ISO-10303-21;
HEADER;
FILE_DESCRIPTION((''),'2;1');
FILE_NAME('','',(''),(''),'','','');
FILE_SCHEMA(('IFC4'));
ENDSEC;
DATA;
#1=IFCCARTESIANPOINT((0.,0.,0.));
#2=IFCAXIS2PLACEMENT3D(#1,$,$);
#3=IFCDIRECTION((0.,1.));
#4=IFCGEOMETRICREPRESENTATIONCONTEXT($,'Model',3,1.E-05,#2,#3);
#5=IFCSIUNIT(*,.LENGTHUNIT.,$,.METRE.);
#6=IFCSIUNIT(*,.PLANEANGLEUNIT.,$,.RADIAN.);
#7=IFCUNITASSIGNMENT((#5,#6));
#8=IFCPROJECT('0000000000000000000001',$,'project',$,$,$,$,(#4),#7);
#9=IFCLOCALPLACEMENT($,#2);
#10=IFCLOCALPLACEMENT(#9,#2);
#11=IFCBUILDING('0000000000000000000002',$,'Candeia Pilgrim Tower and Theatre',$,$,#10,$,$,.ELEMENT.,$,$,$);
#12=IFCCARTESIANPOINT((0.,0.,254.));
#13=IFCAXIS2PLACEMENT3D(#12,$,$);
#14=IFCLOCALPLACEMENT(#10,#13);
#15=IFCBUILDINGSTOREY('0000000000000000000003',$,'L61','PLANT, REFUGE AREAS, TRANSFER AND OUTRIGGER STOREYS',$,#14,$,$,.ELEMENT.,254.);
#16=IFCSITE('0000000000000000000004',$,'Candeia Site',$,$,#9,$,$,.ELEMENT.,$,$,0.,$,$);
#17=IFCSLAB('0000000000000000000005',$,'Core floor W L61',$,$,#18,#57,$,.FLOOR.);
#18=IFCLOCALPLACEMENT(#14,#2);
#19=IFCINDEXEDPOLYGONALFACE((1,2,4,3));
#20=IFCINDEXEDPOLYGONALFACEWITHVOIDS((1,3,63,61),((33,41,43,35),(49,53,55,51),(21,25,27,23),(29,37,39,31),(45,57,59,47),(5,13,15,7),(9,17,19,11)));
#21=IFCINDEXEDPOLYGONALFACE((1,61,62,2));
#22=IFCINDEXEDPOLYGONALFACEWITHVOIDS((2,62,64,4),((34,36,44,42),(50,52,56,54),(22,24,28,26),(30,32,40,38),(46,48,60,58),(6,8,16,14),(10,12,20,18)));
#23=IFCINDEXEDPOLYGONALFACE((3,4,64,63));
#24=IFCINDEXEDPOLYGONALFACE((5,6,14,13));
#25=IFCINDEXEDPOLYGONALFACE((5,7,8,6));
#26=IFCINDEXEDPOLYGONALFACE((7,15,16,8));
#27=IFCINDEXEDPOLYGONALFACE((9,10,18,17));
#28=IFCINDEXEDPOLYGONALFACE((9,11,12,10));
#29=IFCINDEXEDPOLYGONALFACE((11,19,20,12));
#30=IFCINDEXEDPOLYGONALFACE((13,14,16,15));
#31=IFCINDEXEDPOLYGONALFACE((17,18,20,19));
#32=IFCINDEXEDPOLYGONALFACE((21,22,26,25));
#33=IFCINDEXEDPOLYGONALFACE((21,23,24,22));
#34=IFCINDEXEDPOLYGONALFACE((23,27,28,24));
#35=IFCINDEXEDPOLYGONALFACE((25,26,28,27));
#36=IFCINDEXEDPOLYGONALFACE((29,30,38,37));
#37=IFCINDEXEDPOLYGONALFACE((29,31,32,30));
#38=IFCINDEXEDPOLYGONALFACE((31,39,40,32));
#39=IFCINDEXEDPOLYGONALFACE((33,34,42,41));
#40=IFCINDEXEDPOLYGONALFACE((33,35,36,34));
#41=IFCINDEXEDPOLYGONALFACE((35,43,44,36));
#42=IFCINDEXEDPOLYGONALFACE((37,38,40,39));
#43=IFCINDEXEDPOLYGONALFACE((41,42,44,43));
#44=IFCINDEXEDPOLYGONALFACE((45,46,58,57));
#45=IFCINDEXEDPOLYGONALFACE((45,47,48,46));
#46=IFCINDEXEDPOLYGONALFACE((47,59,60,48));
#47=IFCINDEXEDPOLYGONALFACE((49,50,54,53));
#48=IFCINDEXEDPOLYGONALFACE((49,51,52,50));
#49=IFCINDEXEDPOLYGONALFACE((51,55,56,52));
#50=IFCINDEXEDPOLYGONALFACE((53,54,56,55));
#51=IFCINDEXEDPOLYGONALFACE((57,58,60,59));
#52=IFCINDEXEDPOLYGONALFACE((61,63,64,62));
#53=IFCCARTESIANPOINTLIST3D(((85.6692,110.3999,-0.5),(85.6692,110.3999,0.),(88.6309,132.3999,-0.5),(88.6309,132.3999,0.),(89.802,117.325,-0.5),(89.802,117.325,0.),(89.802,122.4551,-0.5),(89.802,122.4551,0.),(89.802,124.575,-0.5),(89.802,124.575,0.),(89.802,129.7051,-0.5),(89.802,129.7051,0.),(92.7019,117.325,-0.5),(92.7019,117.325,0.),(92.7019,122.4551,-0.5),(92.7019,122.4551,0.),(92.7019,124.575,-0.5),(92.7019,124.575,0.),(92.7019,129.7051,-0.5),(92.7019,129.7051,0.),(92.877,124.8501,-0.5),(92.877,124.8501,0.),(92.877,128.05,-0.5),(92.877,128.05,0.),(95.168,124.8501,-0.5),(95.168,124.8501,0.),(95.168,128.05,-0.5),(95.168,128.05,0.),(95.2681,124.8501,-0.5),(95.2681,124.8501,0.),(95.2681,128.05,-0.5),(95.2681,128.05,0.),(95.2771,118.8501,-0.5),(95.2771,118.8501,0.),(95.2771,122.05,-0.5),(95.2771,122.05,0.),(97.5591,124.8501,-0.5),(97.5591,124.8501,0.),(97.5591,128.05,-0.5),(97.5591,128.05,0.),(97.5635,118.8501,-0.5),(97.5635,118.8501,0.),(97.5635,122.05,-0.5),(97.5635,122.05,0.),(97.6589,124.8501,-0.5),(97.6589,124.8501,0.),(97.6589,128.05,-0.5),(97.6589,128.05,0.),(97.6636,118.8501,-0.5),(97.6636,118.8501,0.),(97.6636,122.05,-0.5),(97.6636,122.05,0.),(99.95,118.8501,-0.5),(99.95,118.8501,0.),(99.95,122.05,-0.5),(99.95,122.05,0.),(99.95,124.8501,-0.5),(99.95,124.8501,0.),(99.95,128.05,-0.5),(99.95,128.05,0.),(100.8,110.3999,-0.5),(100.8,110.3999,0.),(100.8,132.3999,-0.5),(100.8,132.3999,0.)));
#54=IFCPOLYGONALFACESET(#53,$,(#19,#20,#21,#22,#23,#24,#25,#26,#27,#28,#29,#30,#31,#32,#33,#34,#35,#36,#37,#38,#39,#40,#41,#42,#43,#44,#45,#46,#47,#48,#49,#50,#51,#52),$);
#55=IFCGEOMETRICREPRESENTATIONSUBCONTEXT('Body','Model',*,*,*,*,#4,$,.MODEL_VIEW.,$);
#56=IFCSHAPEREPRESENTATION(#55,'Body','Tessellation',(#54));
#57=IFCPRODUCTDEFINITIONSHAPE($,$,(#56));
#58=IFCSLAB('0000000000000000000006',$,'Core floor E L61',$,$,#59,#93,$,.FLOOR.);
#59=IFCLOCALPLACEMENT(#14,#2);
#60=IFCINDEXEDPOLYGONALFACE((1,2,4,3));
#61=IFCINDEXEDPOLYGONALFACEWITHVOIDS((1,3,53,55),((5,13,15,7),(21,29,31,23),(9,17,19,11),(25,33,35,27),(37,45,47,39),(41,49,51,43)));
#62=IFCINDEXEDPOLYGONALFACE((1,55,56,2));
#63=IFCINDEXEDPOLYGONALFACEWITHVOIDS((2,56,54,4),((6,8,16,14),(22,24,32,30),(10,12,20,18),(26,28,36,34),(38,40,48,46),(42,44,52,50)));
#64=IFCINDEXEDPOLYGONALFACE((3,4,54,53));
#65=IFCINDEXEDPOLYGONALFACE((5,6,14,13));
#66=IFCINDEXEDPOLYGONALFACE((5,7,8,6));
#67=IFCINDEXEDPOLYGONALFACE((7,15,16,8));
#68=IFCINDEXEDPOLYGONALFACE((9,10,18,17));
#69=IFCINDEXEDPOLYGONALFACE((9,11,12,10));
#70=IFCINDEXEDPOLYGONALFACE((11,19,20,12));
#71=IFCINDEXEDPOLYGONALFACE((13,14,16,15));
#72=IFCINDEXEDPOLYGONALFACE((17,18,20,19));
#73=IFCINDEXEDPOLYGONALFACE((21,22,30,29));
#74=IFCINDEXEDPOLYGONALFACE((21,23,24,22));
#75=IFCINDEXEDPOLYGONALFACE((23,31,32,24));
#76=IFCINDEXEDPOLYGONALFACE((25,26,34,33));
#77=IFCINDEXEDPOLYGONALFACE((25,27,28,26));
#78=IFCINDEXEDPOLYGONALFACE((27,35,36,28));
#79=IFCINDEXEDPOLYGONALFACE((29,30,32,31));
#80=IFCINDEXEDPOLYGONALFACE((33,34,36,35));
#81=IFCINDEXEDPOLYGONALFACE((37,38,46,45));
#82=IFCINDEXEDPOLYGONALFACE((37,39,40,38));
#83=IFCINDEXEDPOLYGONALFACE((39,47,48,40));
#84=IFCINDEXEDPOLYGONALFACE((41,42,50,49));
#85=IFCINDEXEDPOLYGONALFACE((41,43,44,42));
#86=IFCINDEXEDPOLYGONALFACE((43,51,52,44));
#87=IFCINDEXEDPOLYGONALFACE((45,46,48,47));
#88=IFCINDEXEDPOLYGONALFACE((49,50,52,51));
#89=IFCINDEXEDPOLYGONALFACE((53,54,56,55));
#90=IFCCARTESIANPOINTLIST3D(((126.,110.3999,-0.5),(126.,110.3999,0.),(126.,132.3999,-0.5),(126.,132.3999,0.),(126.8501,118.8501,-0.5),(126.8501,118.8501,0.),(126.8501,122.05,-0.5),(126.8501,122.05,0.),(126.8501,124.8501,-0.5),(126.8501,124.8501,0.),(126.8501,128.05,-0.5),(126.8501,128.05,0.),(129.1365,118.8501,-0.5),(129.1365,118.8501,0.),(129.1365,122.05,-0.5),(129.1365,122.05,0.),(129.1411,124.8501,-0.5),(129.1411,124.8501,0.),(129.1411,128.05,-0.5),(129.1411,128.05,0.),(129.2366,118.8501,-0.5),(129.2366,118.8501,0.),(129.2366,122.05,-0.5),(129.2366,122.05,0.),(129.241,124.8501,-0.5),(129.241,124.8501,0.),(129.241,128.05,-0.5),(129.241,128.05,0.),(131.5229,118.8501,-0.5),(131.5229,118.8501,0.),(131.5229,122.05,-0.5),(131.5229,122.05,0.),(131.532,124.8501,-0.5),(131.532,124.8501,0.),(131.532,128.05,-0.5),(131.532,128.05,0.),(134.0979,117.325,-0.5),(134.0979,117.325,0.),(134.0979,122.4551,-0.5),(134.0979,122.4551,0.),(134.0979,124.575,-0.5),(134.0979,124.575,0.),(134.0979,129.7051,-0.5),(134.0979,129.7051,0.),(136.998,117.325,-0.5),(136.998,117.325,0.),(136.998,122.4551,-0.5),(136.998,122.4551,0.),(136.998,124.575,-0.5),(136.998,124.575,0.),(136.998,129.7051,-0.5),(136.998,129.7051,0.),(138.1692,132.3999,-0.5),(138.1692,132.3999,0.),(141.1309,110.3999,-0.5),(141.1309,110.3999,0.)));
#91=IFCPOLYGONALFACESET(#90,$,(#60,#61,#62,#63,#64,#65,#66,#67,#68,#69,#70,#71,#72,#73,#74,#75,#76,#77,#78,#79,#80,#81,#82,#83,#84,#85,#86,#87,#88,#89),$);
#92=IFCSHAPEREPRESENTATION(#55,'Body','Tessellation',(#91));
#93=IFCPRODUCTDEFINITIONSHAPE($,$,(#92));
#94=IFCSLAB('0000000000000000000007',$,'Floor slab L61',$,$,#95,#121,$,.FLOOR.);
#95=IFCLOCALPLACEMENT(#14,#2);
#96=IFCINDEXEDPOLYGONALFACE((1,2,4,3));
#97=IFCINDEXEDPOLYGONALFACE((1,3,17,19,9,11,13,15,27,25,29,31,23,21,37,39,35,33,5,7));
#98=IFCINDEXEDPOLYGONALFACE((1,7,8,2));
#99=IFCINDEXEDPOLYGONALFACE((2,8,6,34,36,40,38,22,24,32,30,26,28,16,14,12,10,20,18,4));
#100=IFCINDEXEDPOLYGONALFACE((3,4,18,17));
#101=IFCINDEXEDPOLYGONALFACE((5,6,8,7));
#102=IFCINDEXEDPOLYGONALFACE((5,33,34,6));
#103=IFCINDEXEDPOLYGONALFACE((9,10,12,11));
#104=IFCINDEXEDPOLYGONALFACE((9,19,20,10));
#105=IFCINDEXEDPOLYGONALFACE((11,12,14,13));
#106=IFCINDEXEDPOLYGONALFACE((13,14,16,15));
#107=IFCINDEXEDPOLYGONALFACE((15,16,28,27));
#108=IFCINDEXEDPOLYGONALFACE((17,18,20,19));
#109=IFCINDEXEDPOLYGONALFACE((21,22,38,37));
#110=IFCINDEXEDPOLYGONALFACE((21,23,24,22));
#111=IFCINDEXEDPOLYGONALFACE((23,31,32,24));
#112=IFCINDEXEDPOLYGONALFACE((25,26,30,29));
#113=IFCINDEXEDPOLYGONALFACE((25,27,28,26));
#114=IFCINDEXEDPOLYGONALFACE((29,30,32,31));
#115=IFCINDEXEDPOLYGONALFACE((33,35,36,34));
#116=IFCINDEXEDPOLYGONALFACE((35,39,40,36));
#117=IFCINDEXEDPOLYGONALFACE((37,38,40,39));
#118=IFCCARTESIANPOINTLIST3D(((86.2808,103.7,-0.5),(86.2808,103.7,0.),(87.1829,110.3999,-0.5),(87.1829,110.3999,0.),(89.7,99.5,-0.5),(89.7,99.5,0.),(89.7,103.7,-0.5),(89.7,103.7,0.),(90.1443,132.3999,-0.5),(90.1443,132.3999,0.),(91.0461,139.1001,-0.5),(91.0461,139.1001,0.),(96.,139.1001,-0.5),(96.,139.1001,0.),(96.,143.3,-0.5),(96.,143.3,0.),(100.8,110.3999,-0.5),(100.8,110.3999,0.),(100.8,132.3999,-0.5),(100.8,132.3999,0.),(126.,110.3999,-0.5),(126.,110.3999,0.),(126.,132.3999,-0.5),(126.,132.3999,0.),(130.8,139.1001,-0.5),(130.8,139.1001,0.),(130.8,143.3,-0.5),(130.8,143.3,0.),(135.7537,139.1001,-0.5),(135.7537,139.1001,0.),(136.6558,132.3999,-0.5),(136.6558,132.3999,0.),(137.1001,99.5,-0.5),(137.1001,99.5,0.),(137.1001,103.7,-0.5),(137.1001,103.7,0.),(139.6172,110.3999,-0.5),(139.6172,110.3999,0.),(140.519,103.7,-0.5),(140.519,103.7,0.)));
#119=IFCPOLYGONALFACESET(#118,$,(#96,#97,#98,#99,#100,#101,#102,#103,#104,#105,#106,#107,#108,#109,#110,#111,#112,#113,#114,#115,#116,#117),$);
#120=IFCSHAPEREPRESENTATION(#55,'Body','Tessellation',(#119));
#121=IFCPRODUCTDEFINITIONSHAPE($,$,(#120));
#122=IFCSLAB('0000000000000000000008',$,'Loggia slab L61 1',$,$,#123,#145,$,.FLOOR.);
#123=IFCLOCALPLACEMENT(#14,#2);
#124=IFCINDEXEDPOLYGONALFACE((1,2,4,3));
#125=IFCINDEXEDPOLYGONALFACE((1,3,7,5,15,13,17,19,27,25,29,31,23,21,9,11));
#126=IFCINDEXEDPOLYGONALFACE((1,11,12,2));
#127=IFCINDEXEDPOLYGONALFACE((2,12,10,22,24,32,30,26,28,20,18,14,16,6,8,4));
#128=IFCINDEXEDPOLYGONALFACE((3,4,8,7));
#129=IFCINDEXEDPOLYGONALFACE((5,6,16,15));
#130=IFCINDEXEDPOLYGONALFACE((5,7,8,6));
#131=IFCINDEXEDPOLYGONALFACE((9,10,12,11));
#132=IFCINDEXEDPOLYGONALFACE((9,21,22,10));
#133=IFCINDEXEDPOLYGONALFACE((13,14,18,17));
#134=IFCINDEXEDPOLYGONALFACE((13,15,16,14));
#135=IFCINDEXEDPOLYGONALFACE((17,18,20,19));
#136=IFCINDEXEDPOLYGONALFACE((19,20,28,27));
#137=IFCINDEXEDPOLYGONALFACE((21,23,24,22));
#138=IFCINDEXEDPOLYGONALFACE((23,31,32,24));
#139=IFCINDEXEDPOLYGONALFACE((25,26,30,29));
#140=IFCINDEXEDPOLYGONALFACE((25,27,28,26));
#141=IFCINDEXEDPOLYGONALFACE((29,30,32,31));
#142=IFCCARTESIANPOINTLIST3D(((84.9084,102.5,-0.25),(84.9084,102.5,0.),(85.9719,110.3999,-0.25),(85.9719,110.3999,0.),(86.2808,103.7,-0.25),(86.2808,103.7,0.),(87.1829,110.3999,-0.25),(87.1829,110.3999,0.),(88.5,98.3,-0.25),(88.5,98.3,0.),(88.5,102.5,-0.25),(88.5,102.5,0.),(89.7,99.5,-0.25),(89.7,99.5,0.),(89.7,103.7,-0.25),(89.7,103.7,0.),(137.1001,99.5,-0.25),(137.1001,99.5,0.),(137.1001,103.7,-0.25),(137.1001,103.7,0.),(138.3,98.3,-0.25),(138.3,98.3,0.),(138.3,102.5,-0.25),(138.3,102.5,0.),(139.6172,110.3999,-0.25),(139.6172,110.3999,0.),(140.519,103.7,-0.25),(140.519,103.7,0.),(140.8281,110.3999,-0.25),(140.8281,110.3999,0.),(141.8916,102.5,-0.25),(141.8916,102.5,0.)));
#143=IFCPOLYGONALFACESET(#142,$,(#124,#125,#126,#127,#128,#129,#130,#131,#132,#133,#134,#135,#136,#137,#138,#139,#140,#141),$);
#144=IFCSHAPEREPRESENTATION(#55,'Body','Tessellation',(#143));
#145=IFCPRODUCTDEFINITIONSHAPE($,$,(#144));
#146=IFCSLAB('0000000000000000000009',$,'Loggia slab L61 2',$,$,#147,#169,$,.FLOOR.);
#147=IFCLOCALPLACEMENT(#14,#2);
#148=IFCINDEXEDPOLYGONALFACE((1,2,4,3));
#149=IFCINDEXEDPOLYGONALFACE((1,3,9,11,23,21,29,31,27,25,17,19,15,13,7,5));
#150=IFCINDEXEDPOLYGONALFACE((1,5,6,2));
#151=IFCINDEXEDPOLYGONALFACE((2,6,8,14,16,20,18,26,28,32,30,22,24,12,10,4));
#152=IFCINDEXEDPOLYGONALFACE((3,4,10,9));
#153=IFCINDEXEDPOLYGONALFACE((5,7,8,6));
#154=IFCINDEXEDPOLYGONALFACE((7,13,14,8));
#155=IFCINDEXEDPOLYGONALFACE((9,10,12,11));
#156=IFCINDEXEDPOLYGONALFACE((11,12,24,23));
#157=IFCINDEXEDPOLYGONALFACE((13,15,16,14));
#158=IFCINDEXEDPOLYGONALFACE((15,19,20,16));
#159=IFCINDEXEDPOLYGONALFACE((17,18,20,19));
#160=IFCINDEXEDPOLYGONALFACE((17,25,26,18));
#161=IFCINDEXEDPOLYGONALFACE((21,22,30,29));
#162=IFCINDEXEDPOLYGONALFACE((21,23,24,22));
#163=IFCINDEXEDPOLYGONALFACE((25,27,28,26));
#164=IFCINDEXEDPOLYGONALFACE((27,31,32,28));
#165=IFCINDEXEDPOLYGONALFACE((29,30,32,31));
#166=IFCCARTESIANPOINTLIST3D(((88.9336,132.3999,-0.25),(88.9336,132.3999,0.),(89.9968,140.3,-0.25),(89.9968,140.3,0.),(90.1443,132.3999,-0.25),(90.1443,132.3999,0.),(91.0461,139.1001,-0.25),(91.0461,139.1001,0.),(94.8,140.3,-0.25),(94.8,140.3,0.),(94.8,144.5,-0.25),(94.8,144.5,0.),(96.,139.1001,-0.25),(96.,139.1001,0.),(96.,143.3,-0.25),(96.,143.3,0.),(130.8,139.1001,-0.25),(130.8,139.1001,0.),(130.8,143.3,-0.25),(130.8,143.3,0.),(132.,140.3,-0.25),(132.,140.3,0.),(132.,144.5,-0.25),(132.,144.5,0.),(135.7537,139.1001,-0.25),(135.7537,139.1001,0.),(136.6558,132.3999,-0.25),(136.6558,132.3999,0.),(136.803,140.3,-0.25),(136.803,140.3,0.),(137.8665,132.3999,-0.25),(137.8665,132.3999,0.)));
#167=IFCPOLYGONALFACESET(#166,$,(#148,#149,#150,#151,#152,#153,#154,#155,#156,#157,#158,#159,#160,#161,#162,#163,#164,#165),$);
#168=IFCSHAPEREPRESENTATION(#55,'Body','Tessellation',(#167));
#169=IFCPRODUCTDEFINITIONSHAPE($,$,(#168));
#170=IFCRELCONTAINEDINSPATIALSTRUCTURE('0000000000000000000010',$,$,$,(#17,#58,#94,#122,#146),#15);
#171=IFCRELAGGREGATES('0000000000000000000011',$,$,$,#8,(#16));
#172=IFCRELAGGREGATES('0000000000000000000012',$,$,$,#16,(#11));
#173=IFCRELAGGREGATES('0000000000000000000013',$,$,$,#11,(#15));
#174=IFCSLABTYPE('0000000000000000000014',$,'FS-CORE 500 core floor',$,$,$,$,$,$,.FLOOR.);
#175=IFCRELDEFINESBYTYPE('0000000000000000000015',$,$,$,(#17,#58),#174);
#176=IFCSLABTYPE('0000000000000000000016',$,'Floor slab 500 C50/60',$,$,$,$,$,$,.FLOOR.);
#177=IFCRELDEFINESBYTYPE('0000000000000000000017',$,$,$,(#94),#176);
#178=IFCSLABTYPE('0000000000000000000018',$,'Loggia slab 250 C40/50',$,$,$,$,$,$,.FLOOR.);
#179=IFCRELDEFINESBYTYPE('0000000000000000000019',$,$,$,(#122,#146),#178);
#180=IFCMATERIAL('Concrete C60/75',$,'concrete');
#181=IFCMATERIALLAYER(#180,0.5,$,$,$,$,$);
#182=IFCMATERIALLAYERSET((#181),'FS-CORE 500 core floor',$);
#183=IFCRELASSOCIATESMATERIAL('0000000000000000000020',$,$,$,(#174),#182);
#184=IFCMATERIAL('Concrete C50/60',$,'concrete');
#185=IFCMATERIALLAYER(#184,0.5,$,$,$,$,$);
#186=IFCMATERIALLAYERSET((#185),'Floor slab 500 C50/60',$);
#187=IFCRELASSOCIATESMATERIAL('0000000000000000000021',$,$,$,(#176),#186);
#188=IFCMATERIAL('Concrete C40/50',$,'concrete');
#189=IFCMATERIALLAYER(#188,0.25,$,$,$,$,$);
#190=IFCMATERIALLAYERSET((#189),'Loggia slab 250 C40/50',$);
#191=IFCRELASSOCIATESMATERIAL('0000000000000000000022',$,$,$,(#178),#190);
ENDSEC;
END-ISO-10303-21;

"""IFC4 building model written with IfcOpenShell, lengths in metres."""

from ifc_helpers import new_model, si_unit, direction, frame, origin, place, context, subcontext, project, spatial, polyline, outline, extrude, material, layer, layer_set, type_object, element, save


model = new_model("IFC4")

# Units and contexts
model_context = context("Model", 3, precision=1e-05, world=origin(), true_north=direction((0.0, 1.0)))
body_context = subcontext(model_context, "Body", "Model", "MODEL_VIEW")
ifc_project = project(units=[si_unit("LENGTHUNIT", "METRE"), si_unit("PLANEANGLEUNIT", "RADIAN")], contexts=[model_context])

# Site, building, storey
site_placement = place(None, origin())
site = spatial("IfcSite", under=ifc_project, at=site_placement, Name="Candeia Site", CompositionType="ELEMENT", RefElevation=0.0)
building_placement = place(site_placement, origin())
building = spatial("IfcBuilding", under=site, at=building_placement, Name="Candeia Pilgrim Tower and Theatre", CompositionType="ELEMENT")
storey_placement = place(building_placement, frame((0.0, 0.0, 254.0)))
storey = spatial("IfcBuildingStorey", under=building, at=storey_placement, Name="L61", Description="PLANT, REFUGE AREAS, TRANSFER AND OUTRIGGER STOREYS", CompositionType="ELEMENT", Elevation=254.0)

# Shared definitions
ifc_material_1 = material(Name="Concrete C50/60", Category="concrete")

# Slabs
ifc_material_2 = material(Name="Concrete C60/75", Category="concrete")
ifc_layer_1 = layer(ifc_material_2, 0.5)
ifc_layer_set_1 = layer_set([ifc_layer_1], Name="FS-CORE 500 core floor")
slab_type_1 = type_object("IfcSlabType", Name="FS-CORE 500 core floor", PredefinedType="FLOOR", material=ifc_layer_set_1)
slab_1_placement = place(storey_placement, frame((0.0, 0.0, -0.5)))
element("IfcSlab", 1, at=slab_1_placement, inside=storey, type_object=slab_type_1, Name="Core floor W L61", PredefinedType="FLOOR", context=body_context, shape_type="SweptSolid", body=[
    extrude(outline(polyline([(100.8, 132.3999), (100.8, 110.3999), (85.6692, 110.3999), (88.6309, 132.3999), (100.8, 132.3999)]), holes=[polyline([(97.6589, 128.05), (97.6589, 124.8501), (99.95, 124.8501), (99.95, 128.05), (97.6589, 128.05)]), polyline([(97.6636, 122.05), (97.6636, 118.8501), (99.95, 118.8501), (99.95, 122.05), (97.6636, 122.05)]), polyline([(95.2771, 122.05), (95.2771, 118.8501), (97.5635, 118.8501), (97.5635, 122.05), (95.2771, 122.05)]), polyline([(95.2681, 128.05), (95.2681, 124.8501), (97.5591, 124.8501), (97.5591, 128.05), (95.2681, 128.05)]), polyline([(92.877, 128.05), (92.877, 124.8501), (95.168, 124.8501), (95.168, 128.05), (92.877, 128.05)]), polyline([(89.802, 117.325), (92.7019, 117.325), (92.7019, 122.4551), (89.802, 122.4551), (89.802, 117.325)]), polyline([(89.802, 129.7051), (89.802, 124.575), (92.7019, 124.575), (92.7019, 129.7051), (89.802, 129.7051)])]), origin(), (0.0, 0.0, 1.0), 0.5),
])
slab_2_placement = place(storey_placement, frame((0.0, 0.0, -0.5)))
element("IfcSlab", 2, at=slab_2_placement, inside=storey, type_object=slab_type_1, Name="Core floor E L61", PredefinedType="FLOOR", context=body_context, shape_type="SweptSolid", body=[
    extrude(outline(polyline([(138.1692, 132.3999), (141.1309, 110.3999), (126.0, 110.3999), (126.0, 132.3999), (138.1692, 132.3999)]), holes=[polyline([(134.0979, 117.325), (136.998, 117.325), (136.998, 122.4551), (134.0979, 122.4551), (134.0979, 117.325)]), polyline([(134.0979, 129.7051), (134.0979, 124.575), (136.998, 124.575), (136.998, 129.7051), (134.0979, 129.7051)]), polyline([(131.532, 128.05), (129.241, 128.05), (129.241, 124.8501), (131.532, 124.8501), (131.532, 128.05)]), polyline([(131.5229, 122.05), (129.2366, 122.05), (129.2366, 118.8501), (131.5229, 118.8501), (131.5229, 122.05)]), polyline([(126.8501, 128.05), (126.8501, 124.8501), (129.1411, 124.8501), (129.1411, 128.05), (126.8501, 128.05)]), polyline([(129.1365, 122.05), (126.8501, 122.05), (126.8501, 118.8501), (129.1365, 118.8501), (129.1365, 122.05)])]), origin(), (0.0, 0.0, 1.0), 0.5),
])
ifc_layer_2 = layer(ifc_material_1, 0.5)
ifc_layer_set_2 = layer_set([ifc_layer_2], Name="Floor slab 500 C50/60")
slab_type_2 = type_object("IfcSlabType", Name="Floor slab 500 C50/60", PredefinedType="FLOOR", material=ifc_layer_set_2)
slab_3_placement = place(storey_placement, frame((0.0, 0.0, -0.5)))
element("IfcSlab", 3, at=slab_3_placement, inside=storey, type_object=slab_type_2, Name="Floor slab L61", PredefinedType="FLOOR", context=body_context, shape_type="SweptSolid", body=[
    extrude(outline(polyline([(96.0, 139.1001), (96.0, 143.3), (130.8, 143.3), (130.8, 139.1001), (135.7537, 139.1001), (136.6558, 132.3999), (126.0, 132.3999), (126.0, 110.3999), (139.6172, 110.3999), (140.519, 103.7), (137.1001, 103.7), (137.1001, 99.5), (89.7, 99.5), (89.7, 103.7), (86.2808, 103.7), (87.1829, 110.3999), (100.8, 110.3999), (100.8, 132.3999), (90.1443, 132.3999), (91.0461, 139.1001), (96.0, 139.1001)])), origin(), (0.0, 0.0, 1.0), 0.5),
])
ifc_material_3 = material(Name="Concrete C40/50", Category="concrete")
ifc_layer_3 = layer(ifc_material_3, 0.25)
ifc_layer_set_3 = layer_set([ifc_layer_3], Name="Loggia slab 250 C40/50")
slab_type_3 = type_object("IfcSlabType", Name="Loggia slab 250 C40/50", PredefinedType="FLOOR", material=ifc_layer_set_3)
slab_4_placement = place(storey_placement, frame((0.0, 0.0, -0.25)))
element("IfcSlab", 4, at=slab_4_placement, inside=storey, type_object=slab_type_3, Name="Loggia slab L61 1", PredefinedType="FLOOR", context=body_context, shape_type="SweptSolid", body=[
    extrude(outline(polyline([(87.1829, 110.3999), (86.2808, 103.7), (89.7, 103.7), (89.7, 99.5), (137.1001, 99.5), (137.1001, 103.7), (140.519, 103.7), (139.6172, 110.3999), (140.8281, 110.3999), (141.8916, 102.5), (138.3, 102.5), (138.3, 98.3), (88.5, 98.3), (88.5, 102.5), (84.9084, 102.5), (85.9719, 110.3999), (87.1829, 110.3999)])), origin(), (0.0, 0.0, 1.0), 0.25),
])
slab_5_placement = place(storey_placement, frame((0.0, 0.0, -0.25)))
element("IfcSlab", 5, at=slab_5_placement, inside=storey, type_object=slab_type_3, Name="Loggia slab L61 2", PredefinedType="FLOOR", context=body_context, shape_type="SweptSolid", body=[
    extrude(outline(polyline([(136.6558, 132.3999), (135.7537, 139.1001), (130.8, 139.1001), (130.8, 143.3), (96.0, 143.3), (96.0, 139.1001), (91.0461, 139.1001), (90.1443, 132.3999), (88.9336, 132.3999), (89.9968, 140.3), (94.8, 140.3), (94.8, 144.5), (132.0, 144.5), (132.0, 140.3), (136.803, 140.3), (137.8665, 132.3999), (136.6558, 132.3999)])), origin(), (0.0, 0.0, 1.0), 0.25),
])

save(model, "model.ifc")
